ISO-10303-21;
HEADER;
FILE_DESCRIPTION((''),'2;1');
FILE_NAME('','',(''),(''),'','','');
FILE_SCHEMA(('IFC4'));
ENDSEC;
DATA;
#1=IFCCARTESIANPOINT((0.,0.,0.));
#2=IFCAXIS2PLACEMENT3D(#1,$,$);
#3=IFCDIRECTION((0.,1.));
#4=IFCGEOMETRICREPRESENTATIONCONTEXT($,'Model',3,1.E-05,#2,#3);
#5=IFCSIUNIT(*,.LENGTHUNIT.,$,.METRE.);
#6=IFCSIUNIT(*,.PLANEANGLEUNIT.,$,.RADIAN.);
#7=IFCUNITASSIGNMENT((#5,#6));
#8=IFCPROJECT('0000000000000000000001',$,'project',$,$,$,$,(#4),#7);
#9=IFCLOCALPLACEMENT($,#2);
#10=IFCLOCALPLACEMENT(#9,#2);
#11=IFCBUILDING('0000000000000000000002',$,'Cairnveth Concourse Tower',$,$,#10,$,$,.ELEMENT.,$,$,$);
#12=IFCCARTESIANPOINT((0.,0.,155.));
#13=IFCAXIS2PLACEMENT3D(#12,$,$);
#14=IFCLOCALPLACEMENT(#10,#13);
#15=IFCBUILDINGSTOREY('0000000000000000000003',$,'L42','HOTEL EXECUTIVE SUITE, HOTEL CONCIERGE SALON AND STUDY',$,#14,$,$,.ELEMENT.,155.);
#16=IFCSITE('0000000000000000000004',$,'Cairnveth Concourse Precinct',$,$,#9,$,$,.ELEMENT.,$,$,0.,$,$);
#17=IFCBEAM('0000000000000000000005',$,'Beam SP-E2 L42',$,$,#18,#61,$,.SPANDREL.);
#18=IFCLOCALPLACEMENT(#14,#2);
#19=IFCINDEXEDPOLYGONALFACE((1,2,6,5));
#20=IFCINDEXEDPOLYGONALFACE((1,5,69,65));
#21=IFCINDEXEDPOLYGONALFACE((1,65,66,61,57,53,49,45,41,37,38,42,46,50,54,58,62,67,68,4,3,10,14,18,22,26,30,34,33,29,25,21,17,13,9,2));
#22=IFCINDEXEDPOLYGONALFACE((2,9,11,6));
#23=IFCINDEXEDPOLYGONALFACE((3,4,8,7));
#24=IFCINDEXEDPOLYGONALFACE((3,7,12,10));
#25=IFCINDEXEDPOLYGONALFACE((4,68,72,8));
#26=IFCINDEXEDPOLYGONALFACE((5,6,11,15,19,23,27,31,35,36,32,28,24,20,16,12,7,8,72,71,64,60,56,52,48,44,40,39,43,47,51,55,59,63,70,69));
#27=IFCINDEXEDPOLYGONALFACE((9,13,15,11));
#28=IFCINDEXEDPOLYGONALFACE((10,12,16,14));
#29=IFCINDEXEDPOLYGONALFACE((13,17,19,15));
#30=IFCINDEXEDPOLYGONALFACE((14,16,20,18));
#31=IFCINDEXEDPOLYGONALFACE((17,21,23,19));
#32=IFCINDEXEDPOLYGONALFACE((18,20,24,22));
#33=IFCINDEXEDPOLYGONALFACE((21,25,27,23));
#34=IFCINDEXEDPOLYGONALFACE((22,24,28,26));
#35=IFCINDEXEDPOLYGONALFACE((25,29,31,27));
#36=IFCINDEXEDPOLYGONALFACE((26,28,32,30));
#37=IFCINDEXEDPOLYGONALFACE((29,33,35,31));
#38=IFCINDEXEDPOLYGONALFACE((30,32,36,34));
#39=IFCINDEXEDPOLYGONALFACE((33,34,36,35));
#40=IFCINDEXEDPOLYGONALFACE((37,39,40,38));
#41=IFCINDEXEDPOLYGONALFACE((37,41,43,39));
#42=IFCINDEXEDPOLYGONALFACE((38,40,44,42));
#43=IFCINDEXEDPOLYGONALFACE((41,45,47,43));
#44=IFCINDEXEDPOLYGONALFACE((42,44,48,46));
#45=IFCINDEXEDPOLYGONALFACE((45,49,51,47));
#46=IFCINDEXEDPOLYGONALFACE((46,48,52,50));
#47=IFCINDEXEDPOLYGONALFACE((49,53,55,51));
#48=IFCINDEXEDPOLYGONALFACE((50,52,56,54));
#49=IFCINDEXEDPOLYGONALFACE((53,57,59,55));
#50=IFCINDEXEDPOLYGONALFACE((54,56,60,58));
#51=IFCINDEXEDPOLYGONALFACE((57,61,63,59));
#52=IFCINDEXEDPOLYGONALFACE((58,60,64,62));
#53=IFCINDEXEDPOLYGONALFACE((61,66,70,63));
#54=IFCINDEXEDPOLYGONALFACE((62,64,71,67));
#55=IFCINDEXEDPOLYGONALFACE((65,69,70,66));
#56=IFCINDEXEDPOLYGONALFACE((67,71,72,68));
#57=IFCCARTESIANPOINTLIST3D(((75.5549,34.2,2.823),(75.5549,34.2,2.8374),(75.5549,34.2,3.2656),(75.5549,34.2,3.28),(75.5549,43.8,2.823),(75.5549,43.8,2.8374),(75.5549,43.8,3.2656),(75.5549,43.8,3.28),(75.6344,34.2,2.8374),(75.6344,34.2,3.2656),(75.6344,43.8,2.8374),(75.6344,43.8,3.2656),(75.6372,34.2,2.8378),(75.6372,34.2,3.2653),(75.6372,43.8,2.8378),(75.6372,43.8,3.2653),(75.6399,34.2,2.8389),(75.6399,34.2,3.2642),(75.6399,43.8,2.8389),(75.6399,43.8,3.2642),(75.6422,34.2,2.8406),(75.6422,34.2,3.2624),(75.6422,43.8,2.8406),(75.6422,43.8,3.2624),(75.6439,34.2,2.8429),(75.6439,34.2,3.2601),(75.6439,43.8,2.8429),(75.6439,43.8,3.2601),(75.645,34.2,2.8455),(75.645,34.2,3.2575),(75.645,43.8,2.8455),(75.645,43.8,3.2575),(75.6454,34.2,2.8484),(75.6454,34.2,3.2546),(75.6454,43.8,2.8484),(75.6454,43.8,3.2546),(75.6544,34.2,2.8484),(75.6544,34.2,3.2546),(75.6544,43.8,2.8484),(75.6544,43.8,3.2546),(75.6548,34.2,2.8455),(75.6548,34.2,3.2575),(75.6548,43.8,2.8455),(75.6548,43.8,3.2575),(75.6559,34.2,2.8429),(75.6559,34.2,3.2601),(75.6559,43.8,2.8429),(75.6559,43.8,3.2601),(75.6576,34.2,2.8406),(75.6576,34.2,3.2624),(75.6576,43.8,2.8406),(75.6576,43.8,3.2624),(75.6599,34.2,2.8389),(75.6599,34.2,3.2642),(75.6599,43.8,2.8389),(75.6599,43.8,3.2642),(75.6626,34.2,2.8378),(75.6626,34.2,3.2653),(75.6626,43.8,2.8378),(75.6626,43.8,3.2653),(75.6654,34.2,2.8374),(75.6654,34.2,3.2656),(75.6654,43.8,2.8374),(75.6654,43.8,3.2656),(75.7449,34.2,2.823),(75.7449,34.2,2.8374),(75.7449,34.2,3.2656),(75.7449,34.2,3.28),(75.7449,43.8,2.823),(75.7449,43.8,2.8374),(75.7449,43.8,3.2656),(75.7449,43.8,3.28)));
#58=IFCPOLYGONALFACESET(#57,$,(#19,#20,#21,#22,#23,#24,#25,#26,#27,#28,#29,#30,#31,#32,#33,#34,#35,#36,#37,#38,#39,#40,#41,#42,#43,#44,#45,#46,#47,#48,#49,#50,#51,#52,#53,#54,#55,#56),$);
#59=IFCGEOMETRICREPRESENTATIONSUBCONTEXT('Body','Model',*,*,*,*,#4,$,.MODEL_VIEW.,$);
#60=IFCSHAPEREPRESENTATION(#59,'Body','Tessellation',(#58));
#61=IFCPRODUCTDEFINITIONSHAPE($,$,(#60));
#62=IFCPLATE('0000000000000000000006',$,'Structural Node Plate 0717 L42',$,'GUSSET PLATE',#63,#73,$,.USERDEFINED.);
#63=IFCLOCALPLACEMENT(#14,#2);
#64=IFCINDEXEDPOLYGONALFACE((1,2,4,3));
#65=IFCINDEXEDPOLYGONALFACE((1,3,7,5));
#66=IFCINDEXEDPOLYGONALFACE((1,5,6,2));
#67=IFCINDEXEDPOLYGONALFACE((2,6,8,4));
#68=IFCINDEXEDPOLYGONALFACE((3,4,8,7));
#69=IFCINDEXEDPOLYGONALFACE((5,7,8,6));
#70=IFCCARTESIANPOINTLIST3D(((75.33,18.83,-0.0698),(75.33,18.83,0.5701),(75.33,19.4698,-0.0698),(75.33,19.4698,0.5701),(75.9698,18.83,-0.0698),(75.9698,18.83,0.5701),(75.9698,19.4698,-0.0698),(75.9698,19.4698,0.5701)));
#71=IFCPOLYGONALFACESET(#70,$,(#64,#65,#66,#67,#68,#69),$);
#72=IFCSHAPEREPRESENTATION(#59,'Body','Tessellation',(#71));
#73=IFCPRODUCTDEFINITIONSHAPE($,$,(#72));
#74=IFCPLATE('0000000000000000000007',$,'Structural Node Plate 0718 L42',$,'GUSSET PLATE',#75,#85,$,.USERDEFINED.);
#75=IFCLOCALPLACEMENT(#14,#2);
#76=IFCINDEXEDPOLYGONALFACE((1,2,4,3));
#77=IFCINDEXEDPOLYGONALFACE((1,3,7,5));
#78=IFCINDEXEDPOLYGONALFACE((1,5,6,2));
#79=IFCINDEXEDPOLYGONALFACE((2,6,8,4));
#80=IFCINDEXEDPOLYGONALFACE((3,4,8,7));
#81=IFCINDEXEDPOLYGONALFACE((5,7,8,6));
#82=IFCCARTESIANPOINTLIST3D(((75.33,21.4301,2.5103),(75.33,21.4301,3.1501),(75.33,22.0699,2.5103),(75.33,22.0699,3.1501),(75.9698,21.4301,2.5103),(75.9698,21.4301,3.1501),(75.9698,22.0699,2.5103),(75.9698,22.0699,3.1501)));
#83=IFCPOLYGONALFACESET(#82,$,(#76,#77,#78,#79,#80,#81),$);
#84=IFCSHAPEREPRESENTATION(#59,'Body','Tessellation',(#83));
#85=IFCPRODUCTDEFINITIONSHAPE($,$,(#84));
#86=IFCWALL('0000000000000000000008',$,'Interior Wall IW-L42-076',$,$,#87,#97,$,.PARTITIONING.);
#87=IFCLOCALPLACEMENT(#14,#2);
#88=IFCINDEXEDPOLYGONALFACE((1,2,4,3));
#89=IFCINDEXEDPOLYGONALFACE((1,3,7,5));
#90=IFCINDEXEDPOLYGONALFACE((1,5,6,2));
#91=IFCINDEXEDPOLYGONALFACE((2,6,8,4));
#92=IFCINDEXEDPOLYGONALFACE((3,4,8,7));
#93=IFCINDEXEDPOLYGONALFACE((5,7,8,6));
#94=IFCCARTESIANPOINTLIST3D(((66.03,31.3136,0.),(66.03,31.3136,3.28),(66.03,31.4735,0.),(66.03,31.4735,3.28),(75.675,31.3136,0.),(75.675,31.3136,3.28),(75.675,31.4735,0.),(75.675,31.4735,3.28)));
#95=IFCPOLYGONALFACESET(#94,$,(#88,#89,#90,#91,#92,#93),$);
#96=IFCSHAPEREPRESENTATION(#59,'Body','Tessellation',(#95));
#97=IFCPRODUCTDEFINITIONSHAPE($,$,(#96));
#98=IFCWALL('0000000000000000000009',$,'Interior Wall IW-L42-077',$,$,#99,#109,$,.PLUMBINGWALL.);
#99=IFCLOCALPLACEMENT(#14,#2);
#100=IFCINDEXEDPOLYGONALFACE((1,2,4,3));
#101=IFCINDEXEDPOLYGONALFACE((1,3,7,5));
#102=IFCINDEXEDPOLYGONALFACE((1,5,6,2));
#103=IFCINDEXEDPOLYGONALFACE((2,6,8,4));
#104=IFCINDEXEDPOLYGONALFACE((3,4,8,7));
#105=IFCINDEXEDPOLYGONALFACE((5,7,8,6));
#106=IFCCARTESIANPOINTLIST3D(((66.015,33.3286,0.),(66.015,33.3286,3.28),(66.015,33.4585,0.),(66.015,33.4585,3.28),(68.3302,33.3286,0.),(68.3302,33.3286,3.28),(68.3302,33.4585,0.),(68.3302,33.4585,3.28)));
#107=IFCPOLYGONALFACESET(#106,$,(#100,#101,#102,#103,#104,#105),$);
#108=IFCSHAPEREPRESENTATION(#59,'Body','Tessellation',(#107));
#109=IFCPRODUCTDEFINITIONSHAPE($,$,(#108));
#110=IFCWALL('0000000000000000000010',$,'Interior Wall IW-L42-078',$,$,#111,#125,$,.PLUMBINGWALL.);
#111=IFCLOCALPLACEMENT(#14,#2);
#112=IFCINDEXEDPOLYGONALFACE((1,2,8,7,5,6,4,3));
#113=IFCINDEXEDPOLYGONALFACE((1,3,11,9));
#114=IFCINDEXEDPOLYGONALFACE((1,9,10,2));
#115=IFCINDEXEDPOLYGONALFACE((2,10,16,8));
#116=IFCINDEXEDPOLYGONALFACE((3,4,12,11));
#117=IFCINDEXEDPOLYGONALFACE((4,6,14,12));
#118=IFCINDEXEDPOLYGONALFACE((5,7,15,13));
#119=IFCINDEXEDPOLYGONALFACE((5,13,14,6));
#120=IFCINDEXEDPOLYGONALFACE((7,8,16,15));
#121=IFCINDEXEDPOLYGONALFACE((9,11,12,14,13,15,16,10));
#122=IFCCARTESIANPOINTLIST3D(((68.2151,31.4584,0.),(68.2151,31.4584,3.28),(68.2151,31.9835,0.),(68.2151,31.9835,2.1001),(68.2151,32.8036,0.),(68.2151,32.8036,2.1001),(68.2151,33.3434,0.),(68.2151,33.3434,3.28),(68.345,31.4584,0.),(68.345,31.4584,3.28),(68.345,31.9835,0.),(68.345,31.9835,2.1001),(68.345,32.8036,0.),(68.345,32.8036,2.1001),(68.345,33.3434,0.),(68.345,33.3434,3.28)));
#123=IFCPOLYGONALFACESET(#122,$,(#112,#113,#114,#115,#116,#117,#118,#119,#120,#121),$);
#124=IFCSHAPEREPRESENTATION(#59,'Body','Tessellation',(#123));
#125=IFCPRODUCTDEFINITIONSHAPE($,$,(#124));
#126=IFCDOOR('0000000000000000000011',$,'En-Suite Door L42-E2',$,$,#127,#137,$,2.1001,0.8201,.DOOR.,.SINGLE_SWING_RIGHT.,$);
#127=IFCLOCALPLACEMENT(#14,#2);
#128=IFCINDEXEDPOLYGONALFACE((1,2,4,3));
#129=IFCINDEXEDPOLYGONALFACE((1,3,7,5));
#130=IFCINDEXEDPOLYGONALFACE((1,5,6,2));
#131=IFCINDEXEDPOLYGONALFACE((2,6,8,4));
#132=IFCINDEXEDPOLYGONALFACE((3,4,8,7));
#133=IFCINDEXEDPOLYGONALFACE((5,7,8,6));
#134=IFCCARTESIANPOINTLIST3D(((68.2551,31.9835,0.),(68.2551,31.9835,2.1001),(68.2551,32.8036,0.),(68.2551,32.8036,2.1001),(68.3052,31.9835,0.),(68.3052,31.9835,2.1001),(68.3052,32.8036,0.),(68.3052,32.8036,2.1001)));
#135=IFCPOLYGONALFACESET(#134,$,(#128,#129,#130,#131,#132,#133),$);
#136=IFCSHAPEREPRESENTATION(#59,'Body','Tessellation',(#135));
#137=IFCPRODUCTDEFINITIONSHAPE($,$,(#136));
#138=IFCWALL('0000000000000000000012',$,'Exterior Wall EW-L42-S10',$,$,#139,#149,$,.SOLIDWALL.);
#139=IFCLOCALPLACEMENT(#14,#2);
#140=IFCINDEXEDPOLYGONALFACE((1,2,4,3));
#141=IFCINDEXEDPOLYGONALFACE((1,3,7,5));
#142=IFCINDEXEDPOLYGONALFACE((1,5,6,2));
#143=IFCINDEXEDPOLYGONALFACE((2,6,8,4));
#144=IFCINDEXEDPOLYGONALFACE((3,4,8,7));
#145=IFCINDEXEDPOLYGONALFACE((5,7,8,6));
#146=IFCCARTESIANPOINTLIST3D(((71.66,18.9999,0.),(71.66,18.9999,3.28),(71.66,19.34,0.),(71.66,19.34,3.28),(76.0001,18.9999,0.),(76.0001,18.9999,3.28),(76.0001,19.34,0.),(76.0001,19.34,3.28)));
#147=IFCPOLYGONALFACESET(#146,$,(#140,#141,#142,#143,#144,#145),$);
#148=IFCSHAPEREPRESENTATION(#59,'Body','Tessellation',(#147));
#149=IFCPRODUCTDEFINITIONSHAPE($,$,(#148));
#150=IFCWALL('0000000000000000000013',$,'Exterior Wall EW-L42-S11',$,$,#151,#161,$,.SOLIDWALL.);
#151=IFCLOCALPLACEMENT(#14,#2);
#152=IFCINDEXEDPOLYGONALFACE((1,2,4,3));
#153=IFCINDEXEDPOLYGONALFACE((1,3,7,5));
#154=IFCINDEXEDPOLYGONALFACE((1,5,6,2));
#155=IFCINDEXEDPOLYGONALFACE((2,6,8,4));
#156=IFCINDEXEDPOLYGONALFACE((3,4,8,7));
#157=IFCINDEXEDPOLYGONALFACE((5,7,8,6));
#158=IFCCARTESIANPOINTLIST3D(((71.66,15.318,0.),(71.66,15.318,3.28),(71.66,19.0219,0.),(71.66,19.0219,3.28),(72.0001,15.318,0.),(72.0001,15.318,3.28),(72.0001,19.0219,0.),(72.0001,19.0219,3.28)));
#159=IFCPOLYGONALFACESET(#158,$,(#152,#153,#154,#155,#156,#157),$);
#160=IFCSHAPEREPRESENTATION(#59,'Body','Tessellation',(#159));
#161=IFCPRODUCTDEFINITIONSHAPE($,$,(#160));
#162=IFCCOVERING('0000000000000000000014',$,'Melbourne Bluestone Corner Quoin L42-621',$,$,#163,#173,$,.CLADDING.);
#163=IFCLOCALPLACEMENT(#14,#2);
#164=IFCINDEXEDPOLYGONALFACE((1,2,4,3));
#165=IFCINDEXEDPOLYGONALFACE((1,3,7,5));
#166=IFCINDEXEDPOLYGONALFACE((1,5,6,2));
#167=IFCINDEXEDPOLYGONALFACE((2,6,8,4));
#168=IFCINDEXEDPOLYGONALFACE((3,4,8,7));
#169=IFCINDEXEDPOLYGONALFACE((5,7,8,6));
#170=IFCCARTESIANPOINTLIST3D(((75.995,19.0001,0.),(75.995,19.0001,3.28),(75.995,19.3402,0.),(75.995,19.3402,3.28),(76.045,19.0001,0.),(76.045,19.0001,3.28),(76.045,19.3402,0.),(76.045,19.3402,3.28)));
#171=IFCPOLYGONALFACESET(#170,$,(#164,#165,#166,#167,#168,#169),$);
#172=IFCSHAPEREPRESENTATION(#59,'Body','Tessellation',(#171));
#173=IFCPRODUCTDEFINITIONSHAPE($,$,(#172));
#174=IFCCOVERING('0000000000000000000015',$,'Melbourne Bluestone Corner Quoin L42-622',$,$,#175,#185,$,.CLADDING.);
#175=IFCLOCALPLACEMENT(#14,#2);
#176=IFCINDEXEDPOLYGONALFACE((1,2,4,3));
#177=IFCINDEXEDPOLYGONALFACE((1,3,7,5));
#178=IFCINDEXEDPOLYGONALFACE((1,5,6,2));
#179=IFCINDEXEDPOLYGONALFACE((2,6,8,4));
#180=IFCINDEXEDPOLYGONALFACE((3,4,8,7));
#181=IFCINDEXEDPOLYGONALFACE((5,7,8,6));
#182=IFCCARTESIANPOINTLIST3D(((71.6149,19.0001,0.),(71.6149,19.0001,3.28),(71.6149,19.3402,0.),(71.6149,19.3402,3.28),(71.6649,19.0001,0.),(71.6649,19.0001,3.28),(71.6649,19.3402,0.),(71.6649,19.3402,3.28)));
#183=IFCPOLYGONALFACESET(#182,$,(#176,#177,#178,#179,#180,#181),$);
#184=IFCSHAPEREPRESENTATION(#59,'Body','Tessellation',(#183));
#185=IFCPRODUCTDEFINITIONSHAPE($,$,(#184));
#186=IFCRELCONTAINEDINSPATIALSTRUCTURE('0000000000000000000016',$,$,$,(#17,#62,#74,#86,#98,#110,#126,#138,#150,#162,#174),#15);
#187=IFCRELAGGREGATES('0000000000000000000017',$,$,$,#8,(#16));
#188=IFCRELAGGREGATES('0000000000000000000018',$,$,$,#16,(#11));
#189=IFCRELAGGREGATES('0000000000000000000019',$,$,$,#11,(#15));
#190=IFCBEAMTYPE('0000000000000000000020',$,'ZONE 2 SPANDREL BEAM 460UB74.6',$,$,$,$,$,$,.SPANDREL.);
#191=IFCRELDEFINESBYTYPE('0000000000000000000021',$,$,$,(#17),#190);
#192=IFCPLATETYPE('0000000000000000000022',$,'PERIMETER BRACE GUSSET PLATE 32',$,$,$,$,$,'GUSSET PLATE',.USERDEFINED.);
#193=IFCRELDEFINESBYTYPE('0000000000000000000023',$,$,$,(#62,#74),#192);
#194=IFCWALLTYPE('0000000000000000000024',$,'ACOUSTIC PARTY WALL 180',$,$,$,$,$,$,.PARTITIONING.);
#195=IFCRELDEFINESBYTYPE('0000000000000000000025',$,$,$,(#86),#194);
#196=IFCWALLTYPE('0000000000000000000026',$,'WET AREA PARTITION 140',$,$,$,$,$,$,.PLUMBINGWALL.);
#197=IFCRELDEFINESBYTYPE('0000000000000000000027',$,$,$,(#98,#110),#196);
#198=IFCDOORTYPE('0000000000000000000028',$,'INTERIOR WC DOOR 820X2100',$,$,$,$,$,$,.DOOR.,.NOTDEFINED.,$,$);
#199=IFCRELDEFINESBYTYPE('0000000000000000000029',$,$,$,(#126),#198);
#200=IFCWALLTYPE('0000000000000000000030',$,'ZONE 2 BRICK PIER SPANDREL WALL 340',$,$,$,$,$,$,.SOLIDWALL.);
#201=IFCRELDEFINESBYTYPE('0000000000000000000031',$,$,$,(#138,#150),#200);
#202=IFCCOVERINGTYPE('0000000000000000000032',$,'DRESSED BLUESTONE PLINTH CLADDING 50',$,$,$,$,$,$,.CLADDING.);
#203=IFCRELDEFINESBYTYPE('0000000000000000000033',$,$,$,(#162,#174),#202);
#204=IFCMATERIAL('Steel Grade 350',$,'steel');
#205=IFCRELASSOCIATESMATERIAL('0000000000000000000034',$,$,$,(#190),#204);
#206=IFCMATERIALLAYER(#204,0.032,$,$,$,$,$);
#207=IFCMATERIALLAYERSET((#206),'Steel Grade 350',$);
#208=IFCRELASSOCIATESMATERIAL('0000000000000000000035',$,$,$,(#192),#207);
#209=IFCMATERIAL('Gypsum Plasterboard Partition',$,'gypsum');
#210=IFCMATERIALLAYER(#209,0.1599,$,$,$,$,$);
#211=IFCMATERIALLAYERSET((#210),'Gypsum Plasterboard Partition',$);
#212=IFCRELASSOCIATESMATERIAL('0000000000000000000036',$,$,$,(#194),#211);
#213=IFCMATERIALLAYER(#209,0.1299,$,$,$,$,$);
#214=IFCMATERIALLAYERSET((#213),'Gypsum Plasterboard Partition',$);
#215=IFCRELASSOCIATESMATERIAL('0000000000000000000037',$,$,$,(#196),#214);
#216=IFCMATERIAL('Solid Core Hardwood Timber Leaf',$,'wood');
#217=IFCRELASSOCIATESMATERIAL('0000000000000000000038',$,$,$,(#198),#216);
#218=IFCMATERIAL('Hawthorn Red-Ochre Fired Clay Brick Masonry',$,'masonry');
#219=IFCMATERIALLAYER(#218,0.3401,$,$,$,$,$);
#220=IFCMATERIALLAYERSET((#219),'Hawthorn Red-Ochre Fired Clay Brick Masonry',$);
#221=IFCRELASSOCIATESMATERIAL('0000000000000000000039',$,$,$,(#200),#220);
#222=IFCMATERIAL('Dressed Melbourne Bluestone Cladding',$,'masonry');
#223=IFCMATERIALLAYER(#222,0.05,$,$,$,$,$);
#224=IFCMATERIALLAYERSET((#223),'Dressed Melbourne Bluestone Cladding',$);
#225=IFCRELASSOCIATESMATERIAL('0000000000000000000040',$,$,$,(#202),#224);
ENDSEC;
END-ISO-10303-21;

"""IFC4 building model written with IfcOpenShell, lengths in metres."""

from ifc_helpers import new_model, si_unit, direction, frame, frame_2d, origin, origin_2d, place, context, subcontext, project, spatial, rectangle, i_section, extrude, material, layer, layer_set, material_profile, profile_set, type_object, element, fill, save


model = new_model("IFC4")

# Units and contexts
model_context = context("Model", 3, precision=1e-05, world=origin(), true_north=direction((0.0, 1.0)))
body_context = subcontext(model_context, "Body", "Model", "MODEL_VIEW")
ifc_project = project(units=[si_unit("LENGTHUNIT", "METRE"), si_unit("PLANEANGLEUNIT", "RADIAN")], contexts=[model_context])

# Site, building, storey
site_placement = place(None, origin())
site = spatial("IfcSite", under=ifc_project, at=site_placement, Name="Cairnveth Concourse Precinct", CompositionType="ELEMENT", RefElevation=0.0)
building_placement = place(site_placement, origin())
building = spatial("IfcBuilding", under=site, at=building_placement, Name="Cairnveth Concourse Tower", CompositionType="ELEMENT")
storey_placement = place(building_placement, frame((0.0, 0.0, 155.0)))
storey = spatial("IfcBuildingStorey", under=building, at=storey_placement, Name="L42", Description="HOTEL EXECUTIVE SUITE, HOTEL CONCIERGE SALON AND STUDY", CompositionType="ELEMENT", Elevation=155.0)

# Shared definitions
ifc_material_1 = material(Name="Steel Grade 350", Category="steel")

# Beam
ifc_material_profile_1 = material_profile(ifc_material_1, i_section(OverallWidth=0.1899, OverallDepth=0.457, WebThickness=0.009, FlangeThickness=0.0144, FilletRadius=0.011, at=origin_2d()), Name="460UB74.6")
ifc_profile_set_1 = profile_set([ifc_material_profile_1], Name="Steel Grade 350")
beam_type_1 = type_object("IfcBeamType", Name="ZONE 2 SPANDREL BEAM 460UB74.6", PredefinedType="SPANDREL", material=ifc_profile_set_1)
beam_1_placement = place(storey_placement, frame((75.6499, 34.2, 3.0515), z_axis=(0.0, 1.0, 0.0), x_axis=(-1.0, 0.0, 0.0)))
element("IfcBeam", 1, at=beam_1_placement, inside=storey, type_object=beam_type_1, Name="Beam SP-E2 L42", PredefinedType="SPANDREL", context=body_context, shape_type="SweptSolid", body=[
    extrude(i_section(OverallWidth=0.1899, OverallDepth=0.457, WebThickness=0.009, FlangeThickness=0.0144, FilletRadius=0.011, at=origin_2d()), origin(), (0.0, 0.0, 1.0), 9.6001),
])

# Plates
ifc_layer_1 = layer(ifc_material_1, 0.032)
ifc_layer_set_1 = layer_set([ifc_layer_1], Name="Steel Grade 350")
plate_type = type_object("IfcPlateType", Name="PERIMETER BRACE GUSSET PLATE 32", ElementType="GUSSET PLATE", PredefinedType="USERDEFINED", material=ifc_layer_set_1)
for number, where, z_axis, x_axis, name in (
    (2, (75.6499, 19.1499, -0.0698), (0.0, 0.0, 1.0), (1.0, 0.0, 0.0), "Structural Node Plate 0717 L42"),
    (3, (75.6499, 21.75, 2.5103), (0.0, 0.0, 1.0), (1.0, 0.0, 0.0), "Structural Node Plate 0718 L42"),
):
    element("IfcPlate", number, at=place(storey_placement, frame(where, z_axis=z_axis, x_axis=x_axis)), inside=storey, type_object=plate_type, Name=name, ObjectType="GUSSET PLATE", PredefinedType="USERDEFINED", context=body_context, shape_type="SweptSolid", body=[
        extrude(rectangle(XDim=0.6399, YDim=0.6399, at=origin_2d()), origin(), (0.0, 0.0, 1.0), 0.6399),
    ])

# Walls
ifc_material_2 = material(Name="Gypsum Plasterboard Partition", Category="gypsum")
ifc_layer_2 = layer(ifc_material_2, 0.1599)
ifc_layer_set_2 = layer_set([ifc_layer_2], Name="Gypsum Plasterboard Partition")
wall_type_1 = type_object("IfcWallType", Name="ACOUSTIC PARTY WALL 180", PredefinedType="PARTITIONING", material=ifc_layer_set_2)
wall_1_placement = place(storey_placement, frame((66.03, 31.3936, 0.0), z_axis=(0.0, 0.0, 1.0), x_axis=(1.0, 0.0, 0.0)))
element("IfcWall", 4, at=wall_1_placement, inside=storey, type_object=wall_type_1, Name="Interior Wall IW-L42-076", PredefinedType="PARTITIONING", context=body_context, shape_type="SweptSolid", body=[
    extrude(rectangle(XDim=9.645, YDim=0.1599, at=frame_2d((4.8225, 0.0))), origin(), (0.0, 0.0, 1.0), 3.28),
])
ifc_layer_3 = layer(ifc_material_2, 0.1299)
ifc_layer_set_3 = layer_set([ifc_layer_3], Name="Gypsum Plasterboard Partition")
wall_type_2 = type_object("IfcWallType", Name="WET AREA PARTITION 140", PredefinedType="PLUMBINGWALL", material=ifc_layer_set_3)
wall_2_placement = place(storey_placement, frame((66.0149, 33.3936, 0.0), z_axis=(0.0, 0.0, 1.0), x_axis=(1.0, 0.0, 0.0)))
element("IfcWall", 5, at=wall_2_placement, inside=storey, type_object=wall_type_2, Name="Interior Wall IW-L42-077", PredefinedType="PLUMBINGWALL", context=body_context, shape_type="SweptSolid", body=[
    extrude(rectangle(XDim=2.3152, YDim=0.1299, at=frame_2d((1.1577, 0.0))), origin(), (0.0, 0.0, 1.0), 3.28),
])

# Wall, opening, door
wall_3_placement = place(storey_placement, frame((68.28, 31.4585, 0.0), z_axis=(0.0, 0.0, 1.0), x_axis=(0.0, 1.0, 0.0)))
wall_3 = element("IfcWall", 6, at=wall_3_placement, inside=storey, type_object=wall_type_2, Name="Interior Wall IW-L42-078", PredefinedType="PLUMBINGWALL", context=body_context, shape_type="SweptSolid", body=[
    extrude(rectangle(XDim=1.885, YDim=0.1299, at=frame_2d((0.9424, 0.0))), origin(), (0.0, 0.0, 1.0), 3.28),
])
opening_placement = place(wall_3_placement, frame((0.5249, 0.0, 0.0)))
opening = element("IfcOpeningElement", 7, at=opening_placement, cuts=wall_3, PredefinedType="OPENING", context=body_context, shape_type="SweptSolid", body=[
    extrude(rectangle(XDim=0.8201, YDim=2.1001, at=frame_2d((0.4102, 1.05))), frame((0.0, 0.075, 0.0), z_axis=(0.0, -1.0, 0.0), x_axis=(1.0, 0.0, 0.0)), (0.0, 0.0, 1.0), 0.1499),
])
ifc_material_3 = material(Name="Solid Core Hardwood Timber Leaf", Category="wood")
door_type = type_object("IfcDoorType", Name="INTERIOR WC DOOR 820X2100", OperationType="NOTDEFINED", PredefinedType="DOOR", material=ifc_material_3)
door_placement = place(opening_placement, origin())
door = element("IfcDoor", 8, at=door_placement, inside=storey, type_object=door_type, Name="En-Suite Door L42-E2", OperationType="SINGLE_SWING_RIGHT", OverallHeight=2.1001, OverallWidth=0.8201, PredefinedType="DOOR", context=body_context, shape_type="SweptSolid", body=[
    extrude(rectangle(XDim=0.8201, YDim=2.1001, at=frame_2d((0.4102, 1.05))), frame((0.0, 0.0249, 0.0), z_axis=(0.0, -1.0, 0.0), x_axis=(1.0, 0.0, 0.0)), (0.0, 0.0, 1.0), 0.05),
])
fill(opening, door)

# Walls
ifc_material_4 = material(Name="Hawthorn Red-Ochre Fired Clay Brick Masonry", Category="masonry")
ifc_layer_4 = layer(ifc_material_4, 0.3401)
ifc_layer_set_4 = layer_set([ifc_layer_4], Name="Hawthorn Red-Ochre Fired Clay Brick Masonry")
wall_type_3 = type_object("IfcWallType", Name="ZONE 2 BRICK PIER SPANDREL WALL 340", PredefinedType="SOLIDWALL", material=ifc_layer_set_4)
wall_4_placement = place(storey_placement, frame((76.0, 19.1699, 0.0), z_axis=(0.0, 0.0, 1.0), x_axis=(-1.0, 0.0, 0.0)))
element("IfcWall", 9, at=wall_4_placement, inside=storey, type_object=wall_type_3, Name="Exterior Wall EW-L42-S10", PredefinedType="SOLIDWALL", context=body_context, shape_type="SweptSolid", body=[
    extrude(rectangle(XDim=4.3401, YDim=0.3401, at=frame_2d((2.1699, 0.0))), origin(), (0.0, 0.0, 1.0), 3.28),
])
wall_5_placement = place(storey_placement, frame((71.8301, 19.022, 0.0), z_axis=(0.0, 0.0, 1.0), x_axis=(0.0, -1.0, 0.0)))
element("IfcWall", 10, at=wall_5_placement, inside=storey, type_object=wall_type_3, Name="Exterior Wall EW-L42-S11", PredefinedType="SOLIDWALL", context=body_context, shape_type="SweptSolid", body=[
    extrude(rectangle(XDim=3.7039, YDim=0.3401, at=frame_2d((1.8521, 0.0))), origin(), (0.0, 0.0, 1.0), 3.28),
])

# Coverings
ifc_material_5 = material(Name="Dressed Melbourne Bluestone Cladding", Category="masonry")
ifc_layer_5 = layer(ifc_material_5, 0.05)
ifc_layer_set_5 = layer_set([ifc_layer_5], Name="Dressed Melbourne Bluestone Cladding")
covering_type = type_object("IfcCoveringType", Name="DRESSED BLUESTONE PLINTH CLADDING 50", PredefinedType="CLADDING", material=ifc_layer_set_5)
for number, where, z_axis, x_axis, name in (
    (11, (76.02, 19.3401, 0.0), (0.0, 0.0, 1.0), (0.0, -1.0, 0.0), "Melbourne Bluestone Corner Quoin L42-621"),
    (12, (71.6399, 19.3401, 0.0), (0.0, 0.0, 1.0), (0.0, -1.0, 0.0), "Melbourne Bluestone Corner Quoin L42-622"),
):
    element("IfcCovering", number, at=place(storey_placement, frame(where, z_axis=z_axis, x_axis=x_axis)), inside=storey, type_object=covering_type, Name=name, PredefinedType="CLADDING", context=body_context, shape_type="SweptSolid", body=[
        extrude(rectangle(XDim=0.3401, YDim=0.05, at=frame_2d((0.1699, 0.0))), origin(), (0.0, 0.0, 1.0), 3.28),
    ])

save(model, "model.ifc")
